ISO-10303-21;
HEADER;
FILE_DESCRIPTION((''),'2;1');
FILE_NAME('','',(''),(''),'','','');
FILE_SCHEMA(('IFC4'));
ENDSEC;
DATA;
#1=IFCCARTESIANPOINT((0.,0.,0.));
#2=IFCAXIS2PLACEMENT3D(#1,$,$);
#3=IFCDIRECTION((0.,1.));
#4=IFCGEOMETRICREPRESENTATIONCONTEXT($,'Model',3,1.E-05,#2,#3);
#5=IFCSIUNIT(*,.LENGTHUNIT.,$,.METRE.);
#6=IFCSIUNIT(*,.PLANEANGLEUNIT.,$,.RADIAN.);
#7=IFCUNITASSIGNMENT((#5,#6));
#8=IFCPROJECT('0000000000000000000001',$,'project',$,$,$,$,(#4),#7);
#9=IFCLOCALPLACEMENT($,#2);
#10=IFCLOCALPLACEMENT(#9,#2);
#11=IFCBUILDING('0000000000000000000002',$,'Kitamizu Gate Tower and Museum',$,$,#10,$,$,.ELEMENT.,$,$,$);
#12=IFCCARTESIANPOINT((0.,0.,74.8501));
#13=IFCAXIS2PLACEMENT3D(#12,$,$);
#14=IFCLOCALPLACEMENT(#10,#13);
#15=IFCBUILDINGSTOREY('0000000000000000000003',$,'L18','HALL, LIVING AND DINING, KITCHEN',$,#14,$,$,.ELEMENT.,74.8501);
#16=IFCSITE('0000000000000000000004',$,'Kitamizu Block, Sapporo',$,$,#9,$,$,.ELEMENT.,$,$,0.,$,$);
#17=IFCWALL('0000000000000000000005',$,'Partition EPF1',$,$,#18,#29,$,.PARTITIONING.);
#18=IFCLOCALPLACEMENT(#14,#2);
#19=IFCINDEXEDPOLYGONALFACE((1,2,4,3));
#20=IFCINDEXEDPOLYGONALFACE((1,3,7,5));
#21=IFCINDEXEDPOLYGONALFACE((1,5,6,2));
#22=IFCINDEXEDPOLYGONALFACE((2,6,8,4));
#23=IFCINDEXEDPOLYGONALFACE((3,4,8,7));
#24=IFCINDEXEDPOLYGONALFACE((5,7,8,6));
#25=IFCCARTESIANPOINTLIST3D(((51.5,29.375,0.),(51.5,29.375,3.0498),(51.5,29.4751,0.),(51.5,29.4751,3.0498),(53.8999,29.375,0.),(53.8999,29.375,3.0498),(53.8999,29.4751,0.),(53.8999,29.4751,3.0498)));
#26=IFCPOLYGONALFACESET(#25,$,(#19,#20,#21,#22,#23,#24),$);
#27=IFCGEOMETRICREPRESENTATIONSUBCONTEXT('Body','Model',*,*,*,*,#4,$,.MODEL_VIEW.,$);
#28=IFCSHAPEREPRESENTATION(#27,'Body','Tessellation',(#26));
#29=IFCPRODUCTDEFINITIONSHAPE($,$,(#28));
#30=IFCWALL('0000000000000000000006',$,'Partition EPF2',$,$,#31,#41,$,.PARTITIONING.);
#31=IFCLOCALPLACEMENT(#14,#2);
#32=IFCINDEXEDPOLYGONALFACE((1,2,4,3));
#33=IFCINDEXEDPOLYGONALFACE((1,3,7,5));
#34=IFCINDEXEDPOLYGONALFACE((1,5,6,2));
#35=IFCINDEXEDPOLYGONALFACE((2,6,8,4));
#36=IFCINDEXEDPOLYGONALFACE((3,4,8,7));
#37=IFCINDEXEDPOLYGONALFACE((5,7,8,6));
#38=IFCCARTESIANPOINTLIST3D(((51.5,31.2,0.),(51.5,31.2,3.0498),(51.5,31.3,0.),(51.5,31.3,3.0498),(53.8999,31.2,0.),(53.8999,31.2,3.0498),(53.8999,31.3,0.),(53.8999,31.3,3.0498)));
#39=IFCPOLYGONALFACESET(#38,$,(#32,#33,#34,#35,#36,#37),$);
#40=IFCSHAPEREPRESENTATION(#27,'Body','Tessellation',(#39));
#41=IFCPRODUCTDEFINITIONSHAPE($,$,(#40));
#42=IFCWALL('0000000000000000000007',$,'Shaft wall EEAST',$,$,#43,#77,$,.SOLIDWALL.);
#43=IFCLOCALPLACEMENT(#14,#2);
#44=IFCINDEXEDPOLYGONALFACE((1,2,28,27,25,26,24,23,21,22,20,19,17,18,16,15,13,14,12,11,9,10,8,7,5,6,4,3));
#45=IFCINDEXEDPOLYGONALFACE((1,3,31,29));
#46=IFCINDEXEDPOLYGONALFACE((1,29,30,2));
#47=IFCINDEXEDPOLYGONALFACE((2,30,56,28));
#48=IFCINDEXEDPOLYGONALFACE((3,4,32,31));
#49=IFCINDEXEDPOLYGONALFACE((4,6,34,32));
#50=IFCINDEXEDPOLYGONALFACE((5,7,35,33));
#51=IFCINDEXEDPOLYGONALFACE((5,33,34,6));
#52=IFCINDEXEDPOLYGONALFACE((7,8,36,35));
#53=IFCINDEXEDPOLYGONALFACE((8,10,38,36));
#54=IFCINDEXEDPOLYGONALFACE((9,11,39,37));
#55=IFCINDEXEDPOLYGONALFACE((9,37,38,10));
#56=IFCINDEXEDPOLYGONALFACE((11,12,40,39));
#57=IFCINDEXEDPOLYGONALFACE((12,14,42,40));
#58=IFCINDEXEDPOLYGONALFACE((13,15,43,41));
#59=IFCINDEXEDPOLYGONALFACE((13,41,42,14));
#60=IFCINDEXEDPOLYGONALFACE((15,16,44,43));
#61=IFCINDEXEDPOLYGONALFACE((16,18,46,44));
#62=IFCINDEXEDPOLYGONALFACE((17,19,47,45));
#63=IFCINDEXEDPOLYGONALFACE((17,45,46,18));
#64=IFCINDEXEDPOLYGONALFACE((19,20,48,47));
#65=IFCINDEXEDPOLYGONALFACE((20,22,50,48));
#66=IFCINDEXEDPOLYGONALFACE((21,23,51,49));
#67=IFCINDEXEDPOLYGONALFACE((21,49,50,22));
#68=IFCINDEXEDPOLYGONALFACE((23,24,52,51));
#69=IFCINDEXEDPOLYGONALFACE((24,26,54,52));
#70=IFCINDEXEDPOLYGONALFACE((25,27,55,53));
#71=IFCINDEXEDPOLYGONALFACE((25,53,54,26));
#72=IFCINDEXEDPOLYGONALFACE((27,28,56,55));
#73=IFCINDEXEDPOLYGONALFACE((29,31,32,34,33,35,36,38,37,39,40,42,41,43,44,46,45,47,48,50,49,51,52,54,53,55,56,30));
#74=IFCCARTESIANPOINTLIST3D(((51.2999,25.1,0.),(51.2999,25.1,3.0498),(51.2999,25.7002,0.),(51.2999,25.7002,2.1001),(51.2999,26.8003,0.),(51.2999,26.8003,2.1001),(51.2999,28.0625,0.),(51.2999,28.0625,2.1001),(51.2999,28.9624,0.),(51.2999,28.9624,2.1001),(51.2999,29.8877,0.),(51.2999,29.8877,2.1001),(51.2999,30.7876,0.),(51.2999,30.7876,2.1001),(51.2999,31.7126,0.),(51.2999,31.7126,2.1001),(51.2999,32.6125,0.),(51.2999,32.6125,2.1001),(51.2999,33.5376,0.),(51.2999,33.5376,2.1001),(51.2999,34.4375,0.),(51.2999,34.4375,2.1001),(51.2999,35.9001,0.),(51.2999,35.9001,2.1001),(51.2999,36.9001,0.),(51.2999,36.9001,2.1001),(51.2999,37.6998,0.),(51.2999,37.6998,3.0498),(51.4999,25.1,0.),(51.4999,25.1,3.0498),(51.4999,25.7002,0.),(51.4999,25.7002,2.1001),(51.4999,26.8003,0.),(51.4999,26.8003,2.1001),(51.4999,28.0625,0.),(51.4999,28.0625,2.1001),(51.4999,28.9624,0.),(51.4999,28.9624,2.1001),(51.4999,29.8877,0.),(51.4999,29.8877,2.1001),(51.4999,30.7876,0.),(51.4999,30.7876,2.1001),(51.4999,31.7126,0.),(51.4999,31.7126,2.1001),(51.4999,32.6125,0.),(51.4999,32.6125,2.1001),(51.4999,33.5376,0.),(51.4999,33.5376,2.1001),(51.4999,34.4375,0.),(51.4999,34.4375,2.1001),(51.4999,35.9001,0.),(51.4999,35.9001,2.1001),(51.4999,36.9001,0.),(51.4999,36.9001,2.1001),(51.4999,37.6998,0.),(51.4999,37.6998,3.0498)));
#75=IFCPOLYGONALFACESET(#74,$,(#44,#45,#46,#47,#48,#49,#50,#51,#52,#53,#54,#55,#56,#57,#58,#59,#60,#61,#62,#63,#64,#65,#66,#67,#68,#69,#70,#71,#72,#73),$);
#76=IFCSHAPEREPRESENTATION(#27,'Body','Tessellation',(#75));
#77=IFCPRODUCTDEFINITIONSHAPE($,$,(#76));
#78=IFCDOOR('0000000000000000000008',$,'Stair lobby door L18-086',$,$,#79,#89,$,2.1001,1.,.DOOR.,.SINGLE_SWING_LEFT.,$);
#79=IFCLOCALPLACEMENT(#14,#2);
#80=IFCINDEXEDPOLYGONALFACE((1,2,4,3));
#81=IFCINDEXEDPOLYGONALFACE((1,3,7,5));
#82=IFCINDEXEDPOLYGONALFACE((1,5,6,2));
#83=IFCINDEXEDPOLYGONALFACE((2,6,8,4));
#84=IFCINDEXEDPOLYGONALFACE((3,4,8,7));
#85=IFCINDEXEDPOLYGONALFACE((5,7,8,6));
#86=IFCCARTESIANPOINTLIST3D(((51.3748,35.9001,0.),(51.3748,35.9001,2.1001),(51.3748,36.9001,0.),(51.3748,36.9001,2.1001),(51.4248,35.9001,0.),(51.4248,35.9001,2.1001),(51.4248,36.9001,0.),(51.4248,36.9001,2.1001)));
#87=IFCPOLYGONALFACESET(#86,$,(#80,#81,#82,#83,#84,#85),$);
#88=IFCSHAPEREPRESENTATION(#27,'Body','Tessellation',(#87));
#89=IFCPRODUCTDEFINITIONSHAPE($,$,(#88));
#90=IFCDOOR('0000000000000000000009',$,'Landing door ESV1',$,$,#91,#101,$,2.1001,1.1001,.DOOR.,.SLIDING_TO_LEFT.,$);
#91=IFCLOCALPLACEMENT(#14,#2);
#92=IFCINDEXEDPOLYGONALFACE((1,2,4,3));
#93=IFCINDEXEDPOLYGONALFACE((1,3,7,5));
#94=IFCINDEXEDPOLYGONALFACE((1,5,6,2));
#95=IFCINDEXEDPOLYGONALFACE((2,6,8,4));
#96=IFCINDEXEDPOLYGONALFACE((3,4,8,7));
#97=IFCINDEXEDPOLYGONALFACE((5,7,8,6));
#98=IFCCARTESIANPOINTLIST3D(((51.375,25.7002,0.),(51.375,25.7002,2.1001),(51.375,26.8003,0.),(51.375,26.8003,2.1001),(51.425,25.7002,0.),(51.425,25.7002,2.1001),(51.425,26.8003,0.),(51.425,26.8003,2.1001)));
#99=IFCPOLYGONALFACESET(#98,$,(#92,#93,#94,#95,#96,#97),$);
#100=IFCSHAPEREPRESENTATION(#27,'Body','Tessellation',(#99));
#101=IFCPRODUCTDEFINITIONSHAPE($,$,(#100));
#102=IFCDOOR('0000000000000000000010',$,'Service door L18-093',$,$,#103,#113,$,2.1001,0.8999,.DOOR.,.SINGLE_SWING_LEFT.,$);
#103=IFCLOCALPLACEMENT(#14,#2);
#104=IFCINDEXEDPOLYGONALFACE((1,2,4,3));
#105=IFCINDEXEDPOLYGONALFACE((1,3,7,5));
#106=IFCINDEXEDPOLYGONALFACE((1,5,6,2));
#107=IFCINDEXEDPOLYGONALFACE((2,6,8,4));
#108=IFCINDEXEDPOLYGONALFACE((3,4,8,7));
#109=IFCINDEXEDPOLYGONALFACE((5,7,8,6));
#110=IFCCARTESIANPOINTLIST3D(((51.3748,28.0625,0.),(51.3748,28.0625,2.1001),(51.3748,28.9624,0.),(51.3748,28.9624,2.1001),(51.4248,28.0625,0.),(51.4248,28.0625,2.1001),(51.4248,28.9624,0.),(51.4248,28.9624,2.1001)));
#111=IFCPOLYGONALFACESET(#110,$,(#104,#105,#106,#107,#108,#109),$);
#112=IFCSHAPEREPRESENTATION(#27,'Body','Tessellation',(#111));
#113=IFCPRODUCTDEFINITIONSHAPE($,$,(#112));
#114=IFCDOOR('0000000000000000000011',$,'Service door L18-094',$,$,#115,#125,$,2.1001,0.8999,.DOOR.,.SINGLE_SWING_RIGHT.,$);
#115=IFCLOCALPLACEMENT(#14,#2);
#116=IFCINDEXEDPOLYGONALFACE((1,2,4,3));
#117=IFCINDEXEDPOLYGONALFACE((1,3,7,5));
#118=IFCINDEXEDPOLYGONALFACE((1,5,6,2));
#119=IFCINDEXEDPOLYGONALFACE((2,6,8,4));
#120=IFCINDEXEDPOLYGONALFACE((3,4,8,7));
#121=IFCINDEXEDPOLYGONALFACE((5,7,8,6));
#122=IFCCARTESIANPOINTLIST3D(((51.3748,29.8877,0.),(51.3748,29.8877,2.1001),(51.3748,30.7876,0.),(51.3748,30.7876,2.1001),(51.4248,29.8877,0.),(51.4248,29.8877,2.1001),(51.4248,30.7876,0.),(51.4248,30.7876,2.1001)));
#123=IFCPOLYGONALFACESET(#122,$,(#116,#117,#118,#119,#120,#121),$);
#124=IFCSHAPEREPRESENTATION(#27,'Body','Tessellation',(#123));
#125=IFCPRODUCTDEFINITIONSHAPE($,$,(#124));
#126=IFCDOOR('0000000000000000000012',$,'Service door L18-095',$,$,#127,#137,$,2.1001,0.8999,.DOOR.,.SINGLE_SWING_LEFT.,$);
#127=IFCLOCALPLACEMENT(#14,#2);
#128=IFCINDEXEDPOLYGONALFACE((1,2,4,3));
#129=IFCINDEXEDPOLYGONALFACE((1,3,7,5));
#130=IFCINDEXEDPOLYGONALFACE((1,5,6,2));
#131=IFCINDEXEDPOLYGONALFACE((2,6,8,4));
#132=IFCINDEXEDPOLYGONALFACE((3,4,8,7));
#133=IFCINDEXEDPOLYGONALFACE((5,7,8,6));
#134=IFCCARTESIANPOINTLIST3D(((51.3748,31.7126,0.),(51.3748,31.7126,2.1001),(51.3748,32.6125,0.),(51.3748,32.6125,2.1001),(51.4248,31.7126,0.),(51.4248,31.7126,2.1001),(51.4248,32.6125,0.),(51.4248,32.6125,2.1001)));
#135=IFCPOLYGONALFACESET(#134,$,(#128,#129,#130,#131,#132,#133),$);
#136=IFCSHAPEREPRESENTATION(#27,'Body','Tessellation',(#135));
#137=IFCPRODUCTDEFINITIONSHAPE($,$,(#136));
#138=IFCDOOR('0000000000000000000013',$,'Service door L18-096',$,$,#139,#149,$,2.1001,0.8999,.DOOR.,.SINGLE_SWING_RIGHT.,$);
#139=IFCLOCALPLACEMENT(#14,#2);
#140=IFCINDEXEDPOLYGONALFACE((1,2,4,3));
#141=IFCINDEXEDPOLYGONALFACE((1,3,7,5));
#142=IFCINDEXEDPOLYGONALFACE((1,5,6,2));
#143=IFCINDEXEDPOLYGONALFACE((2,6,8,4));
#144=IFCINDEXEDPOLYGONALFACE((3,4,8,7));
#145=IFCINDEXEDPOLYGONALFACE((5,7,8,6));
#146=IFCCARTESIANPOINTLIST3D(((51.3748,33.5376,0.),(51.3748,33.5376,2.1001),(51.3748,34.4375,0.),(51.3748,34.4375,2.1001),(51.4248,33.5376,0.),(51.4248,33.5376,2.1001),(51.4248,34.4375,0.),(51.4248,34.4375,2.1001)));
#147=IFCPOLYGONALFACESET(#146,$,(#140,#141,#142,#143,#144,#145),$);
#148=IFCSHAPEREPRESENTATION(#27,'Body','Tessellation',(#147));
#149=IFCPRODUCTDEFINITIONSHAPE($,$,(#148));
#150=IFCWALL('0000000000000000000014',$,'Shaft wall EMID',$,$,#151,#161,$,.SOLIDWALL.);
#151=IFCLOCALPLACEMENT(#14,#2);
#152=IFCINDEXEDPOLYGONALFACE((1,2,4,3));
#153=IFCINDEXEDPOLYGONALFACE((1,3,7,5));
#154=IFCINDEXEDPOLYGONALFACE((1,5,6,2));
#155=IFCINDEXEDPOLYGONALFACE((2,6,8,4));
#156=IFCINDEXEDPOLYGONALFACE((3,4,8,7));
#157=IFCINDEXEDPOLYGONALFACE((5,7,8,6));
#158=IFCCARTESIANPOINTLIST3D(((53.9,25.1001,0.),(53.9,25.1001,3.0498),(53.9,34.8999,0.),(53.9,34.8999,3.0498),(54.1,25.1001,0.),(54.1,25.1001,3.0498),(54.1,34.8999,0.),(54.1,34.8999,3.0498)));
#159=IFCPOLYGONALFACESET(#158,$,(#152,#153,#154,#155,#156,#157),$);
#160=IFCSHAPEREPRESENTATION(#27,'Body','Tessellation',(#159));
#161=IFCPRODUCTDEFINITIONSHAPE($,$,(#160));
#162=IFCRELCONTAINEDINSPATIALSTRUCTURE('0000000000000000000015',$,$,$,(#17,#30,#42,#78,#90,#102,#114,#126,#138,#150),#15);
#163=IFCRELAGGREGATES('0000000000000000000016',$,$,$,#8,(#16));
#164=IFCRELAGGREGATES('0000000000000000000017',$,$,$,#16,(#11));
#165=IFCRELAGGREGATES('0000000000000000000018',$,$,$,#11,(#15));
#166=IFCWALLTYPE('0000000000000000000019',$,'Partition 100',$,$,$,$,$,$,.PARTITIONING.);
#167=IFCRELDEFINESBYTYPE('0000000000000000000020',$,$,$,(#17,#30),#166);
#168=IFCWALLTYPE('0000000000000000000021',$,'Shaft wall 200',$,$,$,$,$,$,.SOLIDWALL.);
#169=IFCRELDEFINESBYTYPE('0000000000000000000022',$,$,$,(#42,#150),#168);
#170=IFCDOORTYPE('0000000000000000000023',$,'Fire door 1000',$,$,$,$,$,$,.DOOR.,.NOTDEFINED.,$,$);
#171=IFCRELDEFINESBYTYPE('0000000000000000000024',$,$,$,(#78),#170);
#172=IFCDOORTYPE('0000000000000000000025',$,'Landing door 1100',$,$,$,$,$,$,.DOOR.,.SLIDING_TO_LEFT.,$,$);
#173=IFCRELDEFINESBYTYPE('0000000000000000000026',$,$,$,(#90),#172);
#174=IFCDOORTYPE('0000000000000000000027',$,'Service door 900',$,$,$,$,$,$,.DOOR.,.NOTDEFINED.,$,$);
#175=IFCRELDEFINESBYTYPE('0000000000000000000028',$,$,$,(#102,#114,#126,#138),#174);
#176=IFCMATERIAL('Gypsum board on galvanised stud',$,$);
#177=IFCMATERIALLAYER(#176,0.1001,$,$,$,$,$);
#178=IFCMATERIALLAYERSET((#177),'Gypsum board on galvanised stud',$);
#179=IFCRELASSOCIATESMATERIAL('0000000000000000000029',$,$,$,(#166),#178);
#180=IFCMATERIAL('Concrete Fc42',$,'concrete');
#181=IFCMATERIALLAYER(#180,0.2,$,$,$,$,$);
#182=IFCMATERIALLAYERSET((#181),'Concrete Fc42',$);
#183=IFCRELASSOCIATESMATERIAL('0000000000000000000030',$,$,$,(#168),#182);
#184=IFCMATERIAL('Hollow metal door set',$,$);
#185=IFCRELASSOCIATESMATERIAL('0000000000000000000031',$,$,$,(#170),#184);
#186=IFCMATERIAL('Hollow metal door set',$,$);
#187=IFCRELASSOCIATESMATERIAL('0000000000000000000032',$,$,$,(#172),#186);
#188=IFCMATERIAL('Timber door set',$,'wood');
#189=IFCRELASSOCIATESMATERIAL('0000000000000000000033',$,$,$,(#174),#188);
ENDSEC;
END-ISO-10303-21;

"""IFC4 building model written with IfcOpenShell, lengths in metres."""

from ifc_helpers import new_model, si_unit, direction, frame, frame_2d, origin, place, context, subcontext, project, spatial, rectangle, extrude, material, layer, layer_set, type_object, element, fill, save


model = new_model("IFC4")

# Units and contexts
model_context = context("Model", 3, precision=1e-05, world=origin(), true_north=direction((0.0, 1.0)))
body_context = subcontext(model_context, "Body", "Model", "MODEL_VIEW")
ifc_project = project(units=[si_unit("LENGTHUNIT", "METRE"), si_unit("PLANEANGLEUNIT", "RADIAN")], contexts=[model_context])

# Site, building, storey
site_placement = place(None, origin())
site = spatial("IfcSite", under=ifc_project, at=site_placement, Name="Kitamizu Block, Sapporo", CompositionType="ELEMENT", RefElevation=0.0)
building_placement = place(site_placement, origin())
building = spatial("IfcBuilding", under=site, at=building_placement, Name="Kitamizu Gate Tower and Museum", CompositionType="ELEMENT")
storey_placement = place(building_placement, frame((0.0, 0.0, 74.8501)))
storey = spatial("IfcBuildingStorey", under=building, at=storey_placement, Name="L18", Description="HALL, LIVING AND DINING, KITCHEN", CompositionType="ELEMENT", Elevation=74.8501)

# Walls
ifc_material_1 = material(Name="Gypsum board on galvanised stud")
ifc_layer_1 = layer(ifc_material_1, 0.1001)
ifc_layer_set_1 = layer_set([ifc_layer_1], Name="Gypsum board on galvanised stud")
wall_type_1 = type_object("IfcWallType", Name="Partition 100", PredefinedType="PARTITIONING", material=ifc_layer_set_1)
for number, where, z_axis, x_axis, name in (
    (1, (53.8999, 29.425, 0.0), (0.0, 0.0, 1.0), (-1.0, 0.0, 0.0), "Partition EPF1"),
    (2, (53.8999, 31.25, 0.0), (0.0, 0.0, 1.0), (-1.0, 0.0, 0.0), "Partition EPF2"),
):
    element("IfcWall", number, at=place(storey_placement, frame(where, z_axis=z_axis, x_axis=x_axis)), inside=storey, type_object=wall_type_1, Name=name, PredefinedType="PARTITIONING", context=body_context, shape_type="SweptSolid", body=[
        extrude(rectangle(XDim=2.3999, YDim=0.1001, at=frame_2d((1.2, 0.0))), origin(), (0.0, 0.0, 1.0), 3.0498),
    ])

# Wall, openings, doors
ifc_material_2 = material(Name="Concrete Fc42", Category="concrete")
ifc_layer_2 = layer(ifc_material_2, 0.2)
ifc_layer_set_2 = layer_set([ifc_layer_2], Name="Concrete Fc42")
wall_type_2 = type_object("IfcWallType", Name="Shaft wall 200", PredefinedType="SOLIDWALL", material=ifc_layer_set_2)
wall_1_placement = place(storey_placement, frame((51.3999, 25.1001, 0.0), z_axis=(0.0, 0.0, 1.0), x_axis=(0.0, 1.0, 0.0)))
wall_1 = element("IfcWall", 3, at=wall_1_placement, inside=storey, type_object=wall_type_2, Name="Shaft wall EEAST", PredefinedType="SOLIDWALL", context=body_context, shape_type="SweptSolid", body=[
    extrude(rectangle(XDim=12.5999, YDim=0.2, at=frame_2d((6.2998, 0.0))), origin(), (0.0, 0.0, 1.0), 3.0498),
])
opening_1_placement = place(wall_1_placement, frame((0.6001, 0.0, 0.0)))
opening_1 = element("IfcOpeningElement", 4, at=opening_1_placement, cuts=wall_1, PredefinedType="OPENING", context=body_context, shape_type="SweptSolid", body=[
    extrude(rectangle(XDim=1.1001, YDim=2.1001, at=frame_2d((0.55, 1.05))), frame((0.0, 0.1099, 0.0), z_axis=(0.0, -1.0, 0.0), x_axis=(1.0, 0.0, 0.0)), (0.0, 0.0, 1.0), 0.22),
])
opening_2_placement = place(wall_1_placement, frame((10.8, 0.0, 0.0)))
opening_2 = element("IfcOpeningElement", 5, at=opening_2_placement, cuts=wall_1, PredefinedType="OPENING", context=body_context, shape_type="SweptSolid", body=[
    extrude(rectangle(XDim=1.0, YDim=2.1001, at=frame_2d((0.5, 1.05))), frame((0.0, 0.1099, 0.0), z_axis=(0.0, -1.0, 0.0), x_axis=(1.0, 0.0, 0.0)), (0.0, 0.0, 1.0), 0.22),
])
opening_3_placement = place(wall_1_placement, frame((2.9624, 0.0, 0.0)))
opening_3 = element("IfcOpeningElement", 6, at=opening_3_placement, cuts=wall_1, PredefinedType="OPENING", context=body_context, shape_type="SweptSolid", body=[
    extrude(rectangle(XDim=0.8999, YDim=2.1001, at=frame_2d((0.45, 1.05))), frame((0.0, 0.1099, 0.0), z_axis=(0.0, -1.0, 0.0), x_axis=(1.0, 0.0, 0.0)), (0.0, 0.0, 1.0), 0.22),
])
opening_4_placement = place(wall_1_placement, frame((4.7876, 0.0, 0.0)))
opening_4 = element("IfcOpeningElement", 7, at=opening_4_placement, cuts=wall_1, PredefinedType="OPENING", context=body_context, shape_type="SweptSolid", body=[
    extrude(rectangle(XDim=0.8999, YDim=2.1001, at=frame_2d((0.45, 1.05))), frame((0.0, 0.1099, 0.0), z_axis=(0.0, -1.0, 0.0), x_axis=(1.0, 0.0, 0.0)), (0.0, 0.0, 1.0), 0.22),
])
opening_5_placement = place(wall_1_placement, frame((6.6125, 0.0, 0.0)))
opening_5 = element("IfcOpeningElement", 8, at=opening_5_placement, cuts=wall_1, PredefinedType="OPENING", context=body_context, shape_type="SweptSolid", body=[
    extrude(rectangle(XDim=0.8999, YDim=2.1001, at=frame_2d((0.45, 1.05))), frame((0.0, 0.1099, 0.0), z_axis=(0.0, -1.0, 0.0), x_axis=(1.0, 0.0, 0.0)), (0.0, 0.0, 1.0), 0.22),
])
opening_6_placement = place(wall_1_placement, frame((8.4375, 0.0, 0.0)))
opening_6 = element("IfcOpeningElement", 9, at=opening_6_placement, cuts=wall_1, PredefinedType="OPENING", context=body_context, shape_type="SweptSolid", body=[
    extrude(rectangle(XDim=0.8999, YDim=2.1001, at=frame_2d((0.45, 1.05))), frame((0.0, 0.1099, 0.0), z_axis=(0.0, -1.0, 0.0), x_axis=(1.0, 0.0, 0.0)), (0.0, 0.0, 1.0), 0.22),
])
ifc_material_3 = material(Name="Hollow metal door set")
door_type_1 = type_object("IfcDoorType", Name="Fire door 1000", OperationType="NOTDEFINED", PredefinedType="DOOR", material=ifc_material_3)
door_1_placement = place(opening_2_placement, frame((1.0, 0.0, 0.0), x_axis=(-1.0, 0.0, 0.0)))
door_1 = element("IfcDoor", 10, at=door_1_placement, inside=storey, type_object=door_type_1, Name="Stair lobby door L18-086", OperationType="SINGLE_SWING_LEFT", OverallHeight=2.1001, OverallWidth=1.0, PredefinedType="DOOR", context=body_context, shape_type="SweptSolid", body=[
    extrude(rectangle(XDim=1.0, YDim=2.1001, at=frame_2d((0.5, 1.05))), frame((0.0, 0.0249, 0.0), z_axis=(0.0, -1.0, 0.0), x_axis=(1.0, 0.0, 0.0)), (0.0, 0.0, 1.0), 0.05),
])
fill(opening_2, door_1)
ifc_material_4 = material(Name="Hollow metal door set")
door_type_2 = type_object("IfcDoorType", Name="Landing door 1100", OperationType="SLIDING_TO_LEFT", PredefinedType="DOOR", material=ifc_material_4)
door_2_placement = place(opening_1_placement, origin())
door_2 = element("IfcDoor", 11, at=door_2_placement, inside=storey, type_object=door_type_2, Name="Landing door ESV1", OperationType="SLIDING_TO_LEFT", OverallHeight=2.1001, OverallWidth=1.1001, PredefinedType="DOOR", context=body_context, shape_type="SweptSolid", body=[
    extrude(rectangle(XDim=1.1001, YDim=2.1001, at=frame_2d((0.55, 1.05))), frame((0.0, 0.0249, 0.0), z_axis=(0.0, -1.0, 0.0), x_axis=(1.0, 0.0, 0.0)), (0.0, 0.0, 1.0), 0.05),
])
fill(opening_1, door_2)
ifc_material_5 = material(Name="Timber door set", Category="wood")
door_type_3 = type_object("IfcDoorType", Name="Service door 900", OperationType="NOTDEFINED", PredefinedType="DOOR", material=ifc_material_5)
door_3_placement = place(opening_3_placement, frame((0.8999, 0.0, 0.0), x_axis=(-1.0, 0.0, 0.0)))
door_3 = element("IfcDoor", 12, at=door_3_placement, inside=storey, type_object=door_type_3, Name="Service door L18-093", OperationType="SINGLE_SWING_LEFT", OverallHeight=2.1001, OverallWidth=0.8999, PredefinedType="DOOR", context=body_context, shape_type="SweptSolid", body=[
    extrude(rectangle(XDim=0.8999, YDim=2.1001, at=frame_2d((0.45, 1.05))), frame((0.0, 0.0249, 0.0), z_axis=(0.0, -1.0, 0.0), x_axis=(1.0, 0.0, 0.0)), (0.0, 0.0, 1.0), 0.05),
])
fill(opening_3, door_3)
door_4_placement = place(opening_4_placement, frame((0.8999, 0.0, 0.0), x_axis=(-1.0, 0.0, 0.0)))
door_4 = element("IfcDoor", 13, at=door_4_placement, inside=storey, type_object=door_type_3, Name="Service door L18-094", OperationType="SINGLE_SWING_RIGHT", OverallHeight=2.1001, OverallWidth=0.8999, PredefinedType="DOOR", context=body_context, shape_type="SweptSolid", body=[
    extrude(rectangle(XDim=0.8999, YDim=2.1001, at=frame_2d((0.45, 1.05))), frame((0.0, 0.0249, 0.0), z_axis=(0.0, -1.0, 0.0), x_axis=(1.0, 0.0, 0.0)), (0.0, 0.0, 1.0), 0.05),
])
fill(opening_4, door_4)
door_5_placement = place(opening_5_placement, frame((0.8999, 0.0, 0.0), x_axis=(-1.0, 0.0, 0.0)))
door_5 = element("IfcDoor", 14, at=door_5_placement, inside=storey, type_object=door_type_3, Name="Service door L18-095", OperationType="SINGLE_SWING_LEFT", OverallHeight=2.1001, OverallWidth=0.8999, PredefinedType="DOOR", context=body_context, shape_type="SweptSolid", body=[
    extrude(rectangle(XDim=0.8999, YDim=2.1001, at=frame_2d((0.45, 1.05))), frame((0.0, 0.0249, 0.0), z_axis=(0.0, -1.0, 0.0), x_axis=(1.0, 0.0, 0.0)), (0.0, 0.0, 1.0), 0.05),
])
fill(opening_5, door_5)
door_6_placement = place(opening_6_placement, frame((0.8999, 0.0, 0.0), x_axis=(-1.0, 0.0, 0.0)))
door_6 = element("IfcDoor", 15, at=door_6_placement, inside=storey, type_object=door_type_3, Name="Service door L18-096", OperationType="SINGLE_SWING_RIGHT", OverallHeight=2.1001, OverallWidth=0.8999, PredefinedType="DOOR", context=body_context, shape_type="SweptSolid", body=[
    extrude(rectangle(XDim=0.8999, YDim=2.1001, at=frame_2d((0.45, 1.05))), frame((0.0, 0.0249, 0.0), z_axis=(0.0, -1.0, 0.0), x_axis=(1.0, 0.0, 0.0)), (0.0, 0.0, 1.0), 0.05),
])
fill(opening_6, door_6)

# Wall
wall_2_placement = place(storey_placement, frame((54.0, 25.1001, 0.0), z_axis=(0.0, 0.0, 1.0), x_axis=(0.0, 1.0, 0.0)))
element("IfcWall", 16, at=wall_2_placement, inside=storey, type_object=wall_type_2, Name="Shaft wall EMID", PredefinedType="SOLIDWALL", context=body_context, shape_type="SweptSolid", body=[
    extrude(rectangle(XDim=9.7998, YDim=0.2, at=frame_2d((4.8999, 0.0))), origin(), (0.0, 0.0, 1.0), 3.0498),
])

save(model, "model.ifc")
